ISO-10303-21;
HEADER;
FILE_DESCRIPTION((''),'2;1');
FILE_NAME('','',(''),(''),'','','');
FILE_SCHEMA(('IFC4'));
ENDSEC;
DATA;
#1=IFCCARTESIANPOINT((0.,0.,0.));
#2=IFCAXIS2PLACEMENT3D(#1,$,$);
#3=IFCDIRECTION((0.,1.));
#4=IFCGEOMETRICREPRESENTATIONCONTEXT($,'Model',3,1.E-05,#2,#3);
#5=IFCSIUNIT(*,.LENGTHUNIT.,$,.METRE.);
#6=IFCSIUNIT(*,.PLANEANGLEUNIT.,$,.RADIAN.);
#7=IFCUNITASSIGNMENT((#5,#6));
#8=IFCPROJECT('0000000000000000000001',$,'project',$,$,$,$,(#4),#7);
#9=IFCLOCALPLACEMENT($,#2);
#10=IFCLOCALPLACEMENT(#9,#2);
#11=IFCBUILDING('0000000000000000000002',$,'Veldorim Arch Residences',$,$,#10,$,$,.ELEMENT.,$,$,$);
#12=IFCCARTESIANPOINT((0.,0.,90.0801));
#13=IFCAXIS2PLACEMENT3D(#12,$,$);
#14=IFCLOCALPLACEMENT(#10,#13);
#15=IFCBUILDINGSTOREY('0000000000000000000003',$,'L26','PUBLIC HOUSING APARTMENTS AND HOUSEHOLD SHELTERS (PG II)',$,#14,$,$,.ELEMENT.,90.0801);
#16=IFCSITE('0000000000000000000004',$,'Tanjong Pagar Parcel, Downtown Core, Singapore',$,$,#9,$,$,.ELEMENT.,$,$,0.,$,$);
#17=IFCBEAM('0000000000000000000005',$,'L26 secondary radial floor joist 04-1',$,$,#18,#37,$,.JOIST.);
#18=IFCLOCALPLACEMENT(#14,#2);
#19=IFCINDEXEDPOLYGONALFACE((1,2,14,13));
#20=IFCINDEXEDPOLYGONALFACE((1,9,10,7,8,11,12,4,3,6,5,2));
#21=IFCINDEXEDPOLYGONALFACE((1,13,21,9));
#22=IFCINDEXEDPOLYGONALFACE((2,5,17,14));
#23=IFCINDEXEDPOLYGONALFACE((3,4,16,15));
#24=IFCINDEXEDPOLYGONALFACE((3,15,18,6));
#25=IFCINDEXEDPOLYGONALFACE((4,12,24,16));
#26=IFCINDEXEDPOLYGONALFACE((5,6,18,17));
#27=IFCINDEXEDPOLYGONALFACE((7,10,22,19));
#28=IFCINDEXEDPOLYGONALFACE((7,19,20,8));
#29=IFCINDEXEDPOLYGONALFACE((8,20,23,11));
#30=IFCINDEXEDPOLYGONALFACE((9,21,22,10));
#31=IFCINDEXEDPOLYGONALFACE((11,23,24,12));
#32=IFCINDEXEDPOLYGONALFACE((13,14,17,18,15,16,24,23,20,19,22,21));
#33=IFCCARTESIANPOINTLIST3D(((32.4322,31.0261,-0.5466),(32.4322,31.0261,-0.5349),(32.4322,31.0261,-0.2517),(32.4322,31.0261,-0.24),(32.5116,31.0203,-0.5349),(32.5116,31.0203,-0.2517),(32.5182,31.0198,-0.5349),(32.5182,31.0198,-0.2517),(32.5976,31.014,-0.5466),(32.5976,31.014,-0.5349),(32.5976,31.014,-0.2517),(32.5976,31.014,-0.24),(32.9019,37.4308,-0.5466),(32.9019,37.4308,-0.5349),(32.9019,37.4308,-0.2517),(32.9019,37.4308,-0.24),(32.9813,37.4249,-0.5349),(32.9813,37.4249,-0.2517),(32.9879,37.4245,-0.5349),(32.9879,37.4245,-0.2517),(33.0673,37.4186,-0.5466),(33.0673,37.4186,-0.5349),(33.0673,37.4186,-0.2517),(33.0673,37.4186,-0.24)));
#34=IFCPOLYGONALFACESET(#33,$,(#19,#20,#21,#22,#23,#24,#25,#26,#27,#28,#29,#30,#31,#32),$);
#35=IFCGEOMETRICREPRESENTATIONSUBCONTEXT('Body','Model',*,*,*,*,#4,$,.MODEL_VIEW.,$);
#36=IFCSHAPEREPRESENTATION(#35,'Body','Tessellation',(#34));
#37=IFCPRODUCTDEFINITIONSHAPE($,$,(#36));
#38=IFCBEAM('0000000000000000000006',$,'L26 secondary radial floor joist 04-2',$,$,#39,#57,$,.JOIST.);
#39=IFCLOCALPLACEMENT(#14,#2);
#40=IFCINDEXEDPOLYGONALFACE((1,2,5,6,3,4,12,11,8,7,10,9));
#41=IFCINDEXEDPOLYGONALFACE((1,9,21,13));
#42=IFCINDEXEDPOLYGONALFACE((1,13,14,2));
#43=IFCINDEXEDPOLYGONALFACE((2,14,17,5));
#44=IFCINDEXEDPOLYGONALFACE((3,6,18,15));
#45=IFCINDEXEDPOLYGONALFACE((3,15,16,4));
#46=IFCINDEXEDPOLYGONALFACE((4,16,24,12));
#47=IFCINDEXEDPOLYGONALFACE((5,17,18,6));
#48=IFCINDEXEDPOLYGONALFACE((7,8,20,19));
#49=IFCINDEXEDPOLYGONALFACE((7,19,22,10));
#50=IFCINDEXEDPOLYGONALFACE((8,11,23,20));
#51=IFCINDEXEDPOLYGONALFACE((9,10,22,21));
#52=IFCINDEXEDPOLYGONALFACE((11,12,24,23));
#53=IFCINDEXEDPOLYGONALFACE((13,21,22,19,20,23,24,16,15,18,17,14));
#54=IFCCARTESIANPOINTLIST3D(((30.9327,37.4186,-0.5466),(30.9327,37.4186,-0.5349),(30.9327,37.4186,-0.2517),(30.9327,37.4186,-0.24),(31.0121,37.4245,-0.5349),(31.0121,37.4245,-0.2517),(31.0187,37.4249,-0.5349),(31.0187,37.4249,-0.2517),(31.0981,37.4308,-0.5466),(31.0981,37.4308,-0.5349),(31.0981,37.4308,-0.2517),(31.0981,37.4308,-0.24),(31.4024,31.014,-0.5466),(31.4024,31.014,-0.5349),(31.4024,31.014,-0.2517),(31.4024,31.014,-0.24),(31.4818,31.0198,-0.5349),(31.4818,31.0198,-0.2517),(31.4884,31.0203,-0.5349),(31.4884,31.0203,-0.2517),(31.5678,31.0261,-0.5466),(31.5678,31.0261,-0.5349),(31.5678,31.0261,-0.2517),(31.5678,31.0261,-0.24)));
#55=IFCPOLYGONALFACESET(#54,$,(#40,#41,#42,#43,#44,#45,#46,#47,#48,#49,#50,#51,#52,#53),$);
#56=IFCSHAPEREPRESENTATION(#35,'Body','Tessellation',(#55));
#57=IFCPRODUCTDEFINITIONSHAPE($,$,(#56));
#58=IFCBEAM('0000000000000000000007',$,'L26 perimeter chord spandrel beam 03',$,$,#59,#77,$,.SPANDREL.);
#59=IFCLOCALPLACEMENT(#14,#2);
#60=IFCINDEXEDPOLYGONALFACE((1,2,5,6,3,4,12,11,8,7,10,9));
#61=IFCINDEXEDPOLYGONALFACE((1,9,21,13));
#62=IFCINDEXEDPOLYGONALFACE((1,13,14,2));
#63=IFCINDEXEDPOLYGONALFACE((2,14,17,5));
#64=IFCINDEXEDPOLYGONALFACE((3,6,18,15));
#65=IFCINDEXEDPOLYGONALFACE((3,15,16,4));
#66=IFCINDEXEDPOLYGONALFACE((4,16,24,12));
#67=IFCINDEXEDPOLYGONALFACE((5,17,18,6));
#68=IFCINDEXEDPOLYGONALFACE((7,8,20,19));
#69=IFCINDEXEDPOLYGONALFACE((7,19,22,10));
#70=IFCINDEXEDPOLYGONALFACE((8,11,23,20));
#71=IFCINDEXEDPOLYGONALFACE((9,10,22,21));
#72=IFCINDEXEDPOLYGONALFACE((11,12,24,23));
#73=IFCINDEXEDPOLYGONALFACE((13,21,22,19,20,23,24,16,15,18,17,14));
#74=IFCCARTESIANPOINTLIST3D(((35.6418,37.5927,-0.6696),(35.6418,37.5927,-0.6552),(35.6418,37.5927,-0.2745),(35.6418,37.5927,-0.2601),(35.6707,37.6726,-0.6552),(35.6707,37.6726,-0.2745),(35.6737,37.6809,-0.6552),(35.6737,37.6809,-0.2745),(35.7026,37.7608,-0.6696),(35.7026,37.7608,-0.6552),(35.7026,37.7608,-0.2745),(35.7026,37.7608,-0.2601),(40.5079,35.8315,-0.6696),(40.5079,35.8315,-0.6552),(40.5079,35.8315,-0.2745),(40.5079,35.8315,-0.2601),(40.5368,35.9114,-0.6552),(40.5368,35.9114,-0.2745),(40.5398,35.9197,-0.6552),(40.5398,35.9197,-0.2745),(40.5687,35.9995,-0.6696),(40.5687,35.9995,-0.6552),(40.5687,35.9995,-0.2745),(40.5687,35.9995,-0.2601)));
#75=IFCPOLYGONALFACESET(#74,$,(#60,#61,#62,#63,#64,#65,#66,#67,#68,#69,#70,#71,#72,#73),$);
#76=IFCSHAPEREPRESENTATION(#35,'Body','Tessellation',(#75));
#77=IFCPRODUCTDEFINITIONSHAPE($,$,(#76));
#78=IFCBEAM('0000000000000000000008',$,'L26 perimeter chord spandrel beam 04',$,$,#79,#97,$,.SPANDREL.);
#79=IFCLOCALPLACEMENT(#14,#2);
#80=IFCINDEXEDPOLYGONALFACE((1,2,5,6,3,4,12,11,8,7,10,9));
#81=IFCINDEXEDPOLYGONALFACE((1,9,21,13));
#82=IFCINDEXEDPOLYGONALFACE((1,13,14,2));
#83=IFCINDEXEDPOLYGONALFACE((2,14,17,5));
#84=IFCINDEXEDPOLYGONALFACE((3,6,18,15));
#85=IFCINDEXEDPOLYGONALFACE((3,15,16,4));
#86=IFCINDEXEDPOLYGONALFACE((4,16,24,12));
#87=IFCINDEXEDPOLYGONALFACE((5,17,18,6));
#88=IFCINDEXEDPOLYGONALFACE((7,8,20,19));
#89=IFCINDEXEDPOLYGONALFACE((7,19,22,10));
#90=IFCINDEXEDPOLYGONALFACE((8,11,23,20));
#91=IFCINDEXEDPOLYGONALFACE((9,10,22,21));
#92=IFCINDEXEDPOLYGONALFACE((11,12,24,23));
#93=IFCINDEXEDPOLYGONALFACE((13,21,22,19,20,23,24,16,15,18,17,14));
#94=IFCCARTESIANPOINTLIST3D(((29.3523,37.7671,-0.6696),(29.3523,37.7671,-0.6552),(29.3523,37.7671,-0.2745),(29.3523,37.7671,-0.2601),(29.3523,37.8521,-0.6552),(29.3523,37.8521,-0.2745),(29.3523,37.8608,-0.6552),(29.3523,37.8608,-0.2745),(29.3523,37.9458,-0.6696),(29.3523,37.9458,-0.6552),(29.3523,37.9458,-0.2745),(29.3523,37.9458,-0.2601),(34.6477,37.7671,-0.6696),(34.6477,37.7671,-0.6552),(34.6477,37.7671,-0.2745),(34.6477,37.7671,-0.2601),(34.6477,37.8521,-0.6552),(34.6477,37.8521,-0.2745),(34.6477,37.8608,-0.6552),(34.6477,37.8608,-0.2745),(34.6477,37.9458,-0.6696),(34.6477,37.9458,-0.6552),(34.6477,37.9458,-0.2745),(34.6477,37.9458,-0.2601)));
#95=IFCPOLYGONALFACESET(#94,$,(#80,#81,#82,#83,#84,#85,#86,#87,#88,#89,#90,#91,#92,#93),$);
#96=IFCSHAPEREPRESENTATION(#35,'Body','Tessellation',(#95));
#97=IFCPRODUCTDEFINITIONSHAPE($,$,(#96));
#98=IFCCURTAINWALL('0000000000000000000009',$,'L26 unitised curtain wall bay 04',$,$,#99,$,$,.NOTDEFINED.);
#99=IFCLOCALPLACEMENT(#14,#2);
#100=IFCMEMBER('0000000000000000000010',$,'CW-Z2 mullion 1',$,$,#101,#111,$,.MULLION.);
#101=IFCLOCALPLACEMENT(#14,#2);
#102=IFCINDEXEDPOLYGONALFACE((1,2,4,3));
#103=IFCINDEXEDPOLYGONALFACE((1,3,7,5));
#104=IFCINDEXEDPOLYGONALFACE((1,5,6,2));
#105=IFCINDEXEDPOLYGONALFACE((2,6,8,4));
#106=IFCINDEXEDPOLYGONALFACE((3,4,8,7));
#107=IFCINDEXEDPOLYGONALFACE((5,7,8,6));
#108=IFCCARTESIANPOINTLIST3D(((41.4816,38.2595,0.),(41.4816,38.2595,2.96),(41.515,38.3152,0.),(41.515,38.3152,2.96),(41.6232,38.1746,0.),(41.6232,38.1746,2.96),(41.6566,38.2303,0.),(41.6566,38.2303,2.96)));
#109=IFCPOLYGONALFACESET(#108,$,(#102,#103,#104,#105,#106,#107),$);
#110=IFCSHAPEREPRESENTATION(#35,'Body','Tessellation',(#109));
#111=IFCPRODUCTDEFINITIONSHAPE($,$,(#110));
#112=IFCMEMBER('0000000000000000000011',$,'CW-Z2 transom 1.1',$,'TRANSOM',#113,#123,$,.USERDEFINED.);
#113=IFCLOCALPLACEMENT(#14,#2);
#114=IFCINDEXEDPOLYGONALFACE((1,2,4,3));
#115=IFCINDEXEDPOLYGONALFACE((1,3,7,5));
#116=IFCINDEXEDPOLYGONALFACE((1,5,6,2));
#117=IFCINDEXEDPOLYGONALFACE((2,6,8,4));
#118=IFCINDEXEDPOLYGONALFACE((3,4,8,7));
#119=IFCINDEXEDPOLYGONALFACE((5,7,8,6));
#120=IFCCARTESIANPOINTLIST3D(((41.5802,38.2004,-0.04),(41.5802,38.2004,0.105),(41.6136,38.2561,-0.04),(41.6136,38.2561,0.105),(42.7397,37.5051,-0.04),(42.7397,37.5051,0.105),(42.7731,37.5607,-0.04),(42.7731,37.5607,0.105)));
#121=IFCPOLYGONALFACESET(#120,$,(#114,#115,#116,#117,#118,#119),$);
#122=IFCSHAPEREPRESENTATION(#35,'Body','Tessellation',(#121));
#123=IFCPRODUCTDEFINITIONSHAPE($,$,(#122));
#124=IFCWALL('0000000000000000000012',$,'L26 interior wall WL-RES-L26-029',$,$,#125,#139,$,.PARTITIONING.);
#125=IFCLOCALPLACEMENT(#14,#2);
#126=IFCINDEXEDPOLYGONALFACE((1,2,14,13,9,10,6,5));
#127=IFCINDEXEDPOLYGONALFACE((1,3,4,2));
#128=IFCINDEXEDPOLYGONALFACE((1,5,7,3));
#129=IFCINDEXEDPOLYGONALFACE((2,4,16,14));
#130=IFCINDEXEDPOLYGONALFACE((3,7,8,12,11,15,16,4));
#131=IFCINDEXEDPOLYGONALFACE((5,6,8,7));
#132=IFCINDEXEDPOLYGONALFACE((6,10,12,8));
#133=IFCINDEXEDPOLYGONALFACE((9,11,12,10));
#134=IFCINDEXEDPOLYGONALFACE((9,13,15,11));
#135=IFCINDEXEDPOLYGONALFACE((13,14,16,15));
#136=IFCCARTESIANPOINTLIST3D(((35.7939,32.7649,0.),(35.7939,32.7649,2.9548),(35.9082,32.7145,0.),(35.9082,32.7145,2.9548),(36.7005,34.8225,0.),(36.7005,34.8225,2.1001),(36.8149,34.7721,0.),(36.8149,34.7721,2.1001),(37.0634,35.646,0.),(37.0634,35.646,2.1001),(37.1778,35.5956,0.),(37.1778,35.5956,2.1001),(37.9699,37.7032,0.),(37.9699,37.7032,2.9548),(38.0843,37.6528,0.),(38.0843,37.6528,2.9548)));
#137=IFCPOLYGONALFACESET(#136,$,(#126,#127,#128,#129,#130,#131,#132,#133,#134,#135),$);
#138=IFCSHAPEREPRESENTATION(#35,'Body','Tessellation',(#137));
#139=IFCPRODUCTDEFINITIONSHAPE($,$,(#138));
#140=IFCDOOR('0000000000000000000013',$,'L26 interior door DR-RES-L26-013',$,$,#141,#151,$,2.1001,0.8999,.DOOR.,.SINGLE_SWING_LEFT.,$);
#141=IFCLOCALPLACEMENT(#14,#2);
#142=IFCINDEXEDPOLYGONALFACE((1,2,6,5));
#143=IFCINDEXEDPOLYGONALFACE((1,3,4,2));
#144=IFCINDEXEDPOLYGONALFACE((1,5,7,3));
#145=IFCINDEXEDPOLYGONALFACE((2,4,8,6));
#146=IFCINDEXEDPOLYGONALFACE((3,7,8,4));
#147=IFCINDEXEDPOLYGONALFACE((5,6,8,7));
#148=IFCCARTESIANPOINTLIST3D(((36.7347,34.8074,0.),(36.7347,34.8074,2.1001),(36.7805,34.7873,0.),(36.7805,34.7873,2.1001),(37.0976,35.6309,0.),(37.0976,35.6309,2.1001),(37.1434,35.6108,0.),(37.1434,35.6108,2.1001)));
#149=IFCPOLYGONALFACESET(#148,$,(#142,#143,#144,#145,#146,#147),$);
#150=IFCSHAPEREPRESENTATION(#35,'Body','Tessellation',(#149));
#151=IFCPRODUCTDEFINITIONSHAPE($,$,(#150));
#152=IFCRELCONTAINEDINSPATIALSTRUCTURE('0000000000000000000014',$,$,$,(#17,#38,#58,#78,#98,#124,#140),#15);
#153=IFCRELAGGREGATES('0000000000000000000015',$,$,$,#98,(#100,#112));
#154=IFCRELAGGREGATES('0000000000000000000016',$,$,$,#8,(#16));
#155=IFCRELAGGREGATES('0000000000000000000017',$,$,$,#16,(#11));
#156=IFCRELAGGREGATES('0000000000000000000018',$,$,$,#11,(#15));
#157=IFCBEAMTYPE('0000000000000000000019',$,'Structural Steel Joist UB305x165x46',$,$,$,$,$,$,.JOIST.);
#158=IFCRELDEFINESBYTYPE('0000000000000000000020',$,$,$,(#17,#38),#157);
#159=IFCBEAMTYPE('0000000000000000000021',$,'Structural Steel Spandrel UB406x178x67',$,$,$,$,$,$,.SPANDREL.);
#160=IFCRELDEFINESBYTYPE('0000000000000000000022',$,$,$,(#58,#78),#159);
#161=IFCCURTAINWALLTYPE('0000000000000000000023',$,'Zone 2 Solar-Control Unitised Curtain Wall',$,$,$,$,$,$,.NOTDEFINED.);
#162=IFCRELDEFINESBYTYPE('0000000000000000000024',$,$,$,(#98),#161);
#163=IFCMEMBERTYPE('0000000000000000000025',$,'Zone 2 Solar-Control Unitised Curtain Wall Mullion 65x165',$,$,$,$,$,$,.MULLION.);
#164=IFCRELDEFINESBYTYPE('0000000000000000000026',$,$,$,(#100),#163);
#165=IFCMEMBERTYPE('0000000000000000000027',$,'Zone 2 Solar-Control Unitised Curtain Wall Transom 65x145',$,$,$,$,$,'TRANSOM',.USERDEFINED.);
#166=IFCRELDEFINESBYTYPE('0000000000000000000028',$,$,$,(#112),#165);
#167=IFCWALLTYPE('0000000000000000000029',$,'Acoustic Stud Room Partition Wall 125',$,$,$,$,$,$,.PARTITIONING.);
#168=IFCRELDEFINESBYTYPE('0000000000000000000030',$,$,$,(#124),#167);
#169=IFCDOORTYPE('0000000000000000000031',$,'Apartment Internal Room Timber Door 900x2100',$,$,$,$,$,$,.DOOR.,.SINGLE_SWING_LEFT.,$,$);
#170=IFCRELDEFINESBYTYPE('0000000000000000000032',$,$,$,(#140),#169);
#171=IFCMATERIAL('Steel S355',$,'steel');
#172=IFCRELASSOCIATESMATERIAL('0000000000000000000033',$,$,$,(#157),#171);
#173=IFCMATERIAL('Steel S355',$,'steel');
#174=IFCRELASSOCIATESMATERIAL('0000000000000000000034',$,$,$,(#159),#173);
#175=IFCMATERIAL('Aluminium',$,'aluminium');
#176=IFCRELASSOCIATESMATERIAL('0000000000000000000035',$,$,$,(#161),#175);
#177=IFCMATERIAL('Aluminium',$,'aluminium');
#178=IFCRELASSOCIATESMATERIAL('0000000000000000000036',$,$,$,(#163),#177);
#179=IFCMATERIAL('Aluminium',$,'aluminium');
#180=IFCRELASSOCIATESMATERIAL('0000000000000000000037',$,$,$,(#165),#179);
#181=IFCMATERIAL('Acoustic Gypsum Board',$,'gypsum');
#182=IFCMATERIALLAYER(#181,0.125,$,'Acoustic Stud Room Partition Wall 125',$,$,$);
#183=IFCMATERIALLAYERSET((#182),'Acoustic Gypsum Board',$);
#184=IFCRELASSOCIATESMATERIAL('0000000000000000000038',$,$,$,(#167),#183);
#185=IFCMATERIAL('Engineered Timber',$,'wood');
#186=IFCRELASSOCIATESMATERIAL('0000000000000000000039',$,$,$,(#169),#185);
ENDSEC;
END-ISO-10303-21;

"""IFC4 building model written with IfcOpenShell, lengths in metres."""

from ifc_helpers import new_model, si_unit, direction, frame, frame_2d, origin, origin_2d, place, context, subcontext, project, spatial, rectangle, i_section, extrude, material, layer, layer_set, material_profile, profile_set, type_object, element, fill, aggregate, save


model = new_model("IFC4")

# Units and contexts
model_context = context("Model", 3, precision=1e-05, world=origin(), true_north=direction((0.0, 1.0)))
body_context = subcontext(model_context, "Body", "Model", "MODEL_VIEW")
ifc_project = project(units=[si_unit("LENGTHUNIT", "METRE"), si_unit("PLANEANGLEUNIT", "RADIAN")], contexts=[model_context])

# Site, building, storey
site_placement = place(None, origin())
site = spatial("IfcSite", under=ifc_project, at=site_placement, Name="Tanjong Pagar Parcel, Downtown Core, Singapore", CompositionType="ELEMENT", RefElevation=0.0)
building_placement = place(site_placement, origin())
building = spatial("IfcBuilding", under=site, at=building_placement, Name="Veldorim Arch Residences", CompositionType="ELEMENT")
storey_placement = place(building_placement, frame((0.0, 0.0, 90.0801)))
storey = spatial("IfcBuildingStorey", under=building, at=storey_placement, Name="L26", Description="PUBLIC HOUSING APARTMENTS AND HOUSEHOLD SHELTERS (PG II)", CompositionType="ELEMENT", Elevation=90.0801)

# Beams
ifc_material_1 = material(Name="Steel S355", Category="steel")
ifc_material_profile_1 = material_profile(ifc_material_1, i_section(OverallWidth=0.1658, OverallDepth=0.3066, WebThickness=0.0066, FlangeThickness=0.0117, at=origin_2d()), Name="UB305x165x46")
ifc_profile_set_1 = profile_set([ifc_material_profile_1], Name="Steel S355")
beam_type_1 = type_object("IfcBeamType", Name="Structural Steel Joist UB305x165x46", PredefinedType="JOIST", material=ifc_profile_set_1)
for number, where, z_axis, x_axis, name in (
    (1, (32.5149, 31.02, -0.3933), (0.073143, 0.997321, 0.0), (-0.997321, 0.073143, 0.0), "L26 secondary radial floor joist 04-1"),
    (2, (31.4851, 31.02, -0.3933), (-0.073143, 0.997321, 0.0), (-0.997321, -0.073143, 0.0), "L26 secondary radial floor joist 04-2"),
):
    element("IfcBeam", number, at=place(storey_placement, frame(where, z_axis=z_axis, x_axis=x_axis)), inside=storey, type_object=beam_type_1, Name=name, PredefinedType="JOIST", context=body_context, shape_type="SweptSolid", body=[
        extrude(i_section(OverallWidth=0.1658, OverallDepth=0.3066, WebThickness=0.0066, FlangeThickness=0.0117, at=origin_2d()), origin(), (0.0, 0.0, 1.0), 6.4219),
    ])
ifc_material_2 = material(Name="Steel S355", Category="steel")
ifc_material_profile_2 = material_profile(ifc_material_2, i_section(OverallWidth=0.1787, OverallDepth=0.4094, WebThickness=0.0088, FlangeThickness=0.0144, at=origin_2d()), Name="UB406x178x67")
ifc_profile_set_2 = profile_set([ifc_material_profile_2], Name="Steel S355")
beam_type_2 = type_object("IfcBeamType", Name="Structural Steel Spandrel UB406x178x67", PredefinedType="SPANDREL", material=ifc_profile_set_2)
beam_1_placement = place(storey_placement, frame((40.5383, 35.9155, -0.4648), z_axis=(-0.940308, 0.340326, 0.0), x_axis=(-0.340326, -0.940308, 0.0)))
element("IfcBeam", 3, at=beam_1_placement, inside=storey, type_object=beam_type_2, Name="L26 perimeter chord spandrel beam 03", PredefinedType="SPANDREL", context=body_context, shape_type="SweptSolid", body=[
    extrude(i_section(OverallWidth=0.1787, OverallDepth=0.4094, WebThickness=0.0088, FlangeThickness=0.0144, at=origin_2d()), origin(), (0.0, 0.0, 1.0), 5.175),
])
beam_2_placement = place(storey_placement, frame((34.6477, 37.8564, -0.4648), z_axis=(-1.0, 0.0, 0.0), x_axis=(0.0, -1.0, 0.0)))
element("IfcBeam", 4, at=beam_2_placement, inside=storey, type_object=beam_type_2, Name="L26 perimeter chord spandrel beam 04", PredefinedType="SPANDREL", context=body_context, shape_type="SweptSolid", body=[
    extrude(i_section(OverallWidth=0.1787, OverallDepth=0.4094, WebThickness=0.0088, FlangeThickness=0.0144, at=origin_2d()), origin(), (0.0, 0.0, 1.0), 5.2954),
])

# Curtain wall, members
ifc_material_3 = material(Name="Aluminium", Category="aluminium")
curtain_wall_type = type_object("IfcCurtainWallType", Name="Zone 2 Solar-Control Unitised Curtain Wall", PredefinedType="NOTDEFINED", material=ifc_material_3)
curtain_wall_placement = place(storey_placement, origin())
curtain_wall = element("IfcCurtainWall", 5, at=curtain_wall_placement, inside=storey, type_object=curtain_wall_type, Name="L26 unitised curtain wall bay 04", PredefinedType="NOTDEFINED")
ifc_material_4 = material(Name="Aluminium", Category="aluminium")
ifc_material_profile_3 = material_profile(ifc_material_4, rectangle(XDim=0.0649, YDim=0.165, at=origin_2d()), Name="ALU_MUL_65x165")
ifc_profile_set_3 = profile_set([ifc_material_profile_3], Name="Aluminium")
member_type_1 = type_object("IfcMemberType", Name="Zone 2 Solar-Control Unitised Curtain Wall Mullion 65x165", PredefinedType="MULLION", material=ifc_profile_set_3)
member_1_placement = place(storey_placement, frame((41.5691, 38.2449, 0.0), z_axis=(0.0, 0.0, 1.0), x_axis=(0.514313, 0.857602, 0.0)))
member_1 = element("IfcMember", 6, at=member_1_placement, type_object=member_type_1, Name="CW-Z2 mullion 1", PredefinedType="MULLION", context=body_context, shape_type="SweptSolid", body=[
    extrude(rectangle(XDim=0.0649, YDim=0.165, at=origin_2d()), origin(), (0.0, 0.0, 1.0), 2.96),
])
ifc_material_5 = material(Name="Aluminium", Category="aluminium")
ifc_material_profile_4 = material_profile(ifc_material_5, rectangle(XDim=0.0649, YDim=0.145, at=origin_2d()), Name="ALU_TRN_65x145")
ifc_profile_set_4 = profile_set([ifc_material_profile_4], Name="Aluminium")
member_type_2 = type_object("IfcMemberType", Name="Zone 2 Solar-Control Unitised Curtain Wall Transom 65x145", ElementType="TRANSOM", PredefinedType="USERDEFINED", material=ifc_profile_set_4)
member_2_placement = place(storey_placement, frame((41.5969, 38.2283, 0.0325), z_axis=(0.857604, -0.51431, 0.0), x_axis=(0.51431, 0.857604, 0.0)))
member_2 = element("IfcMember", 7, at=member_2_placement, type_object=member_type_2, Name="CW-Z2 transom 1.1", ObjectType="TRANSOM", PredefinedType="USERDEFINED", context=body_context, shape_type="SweptSolid", body=[
    extrude(rectangle(XDim=0.0649, YDim=0.145, at=origin_2d()), origin(), (0.0, 0.0, 1.0), 1.3521),
])
aggregate(curtain_wall, [member_1, member_2])

# Wall, opening, door
ifc_material_6 = material(Name="Acoustic Gypsum Board", Category="gypsum")
ifc_layer_1 = layer(ifc_material_6, 0.125, Name="Acoustic Stud Room Partition Wall 125")
ifc_layer_set_1 = layer_set([ifc_layer_1], Name="Acoustic Gypsum Board")
wall_type_1 = type_object("IfcWallType", Name="Acoustic Stud Room Partition Wall 125", PredefinedType="PARTITIONING", material=ifc_layer_set_1)
wall_1_placement = place(storey_placement, frame((38.0271, 37.678, 0.0), z_axis=(0.0, 0.0, 1.0), x_axis=(-0.403236, -0.915096, 0.0)))
wall_1 = element("IfcWall", 8, at=wall_1_placement, inside=storey, type_object=wall_type_1, Name="L26 interior wall WL-RES-L26-029", PredefinedType="PARTITIONING", context=body_context, shape_type="SweptSolid", body=[
    extrude(rectangle(XDim=5.3965, YDim=0.125, at=frame_2d((2.6982, 0.0))), origin(), (0.0, 0.0, 1.0), 2.9548),
])
opening_1_placement = place(wall_1_placement, frame((2.248, 0.0, 0.0)))
opening_1 = element("IfcOpeningElement", 9, at=opening_1_placement, cuts=wall_1, PredefinedType="OPENING", context=body_context, shape_type="SweptSolid", body=[
    extrude(rectangle(XDim=0.8999, YDim=2.1001, at=frame_2d((0.45, 1.05))), frame((0.0, 0.0725, 0.0), z_axis=(0.0, -1.0, 0.0), x_axis=(1.0, 0.0, 0.0)), (0.0, 0.0, 1.0), 0.145),
])
ifc_material_7 = material(Name="Engineered Timber", Category="wood")
door_type_1 = type_object("IfcDoorType", Name="Apartment Internal Room Timber Door 900x2100", OperationType="SINGLE_SWING_LEFT", PredefinedType="DOOR", material=ifc_material_7)
door_1_placement = place(opening_1_placement, origin())
door_1 = element("IfcDoor", 10, at=door_1_placement, inside=storey, type_object=door_type_1, Name="L26 interior door DR-RES-L26-013", OperationType="SINGLE_SWING_LEFT", OverallHeight=2.1001, OverallWidth=0.8999, PredefinedType="DOOR", context=body_context, shape_type="SweptSolid", body=[
    extrude(rectangle(XDim=0.8999, YDim=2.1001, at=frame_2d((0.45, 1.05))), frame((0.0, 0.0249, 0.0), z_axis=(0.0, -1.0, 0.0), x_axis=(1.0, 0.0, 0.0)), (0.0, 0.0, 1.0), 0.05),
])
fill(opening_1, door_1)

save(model, "model.ifc")
